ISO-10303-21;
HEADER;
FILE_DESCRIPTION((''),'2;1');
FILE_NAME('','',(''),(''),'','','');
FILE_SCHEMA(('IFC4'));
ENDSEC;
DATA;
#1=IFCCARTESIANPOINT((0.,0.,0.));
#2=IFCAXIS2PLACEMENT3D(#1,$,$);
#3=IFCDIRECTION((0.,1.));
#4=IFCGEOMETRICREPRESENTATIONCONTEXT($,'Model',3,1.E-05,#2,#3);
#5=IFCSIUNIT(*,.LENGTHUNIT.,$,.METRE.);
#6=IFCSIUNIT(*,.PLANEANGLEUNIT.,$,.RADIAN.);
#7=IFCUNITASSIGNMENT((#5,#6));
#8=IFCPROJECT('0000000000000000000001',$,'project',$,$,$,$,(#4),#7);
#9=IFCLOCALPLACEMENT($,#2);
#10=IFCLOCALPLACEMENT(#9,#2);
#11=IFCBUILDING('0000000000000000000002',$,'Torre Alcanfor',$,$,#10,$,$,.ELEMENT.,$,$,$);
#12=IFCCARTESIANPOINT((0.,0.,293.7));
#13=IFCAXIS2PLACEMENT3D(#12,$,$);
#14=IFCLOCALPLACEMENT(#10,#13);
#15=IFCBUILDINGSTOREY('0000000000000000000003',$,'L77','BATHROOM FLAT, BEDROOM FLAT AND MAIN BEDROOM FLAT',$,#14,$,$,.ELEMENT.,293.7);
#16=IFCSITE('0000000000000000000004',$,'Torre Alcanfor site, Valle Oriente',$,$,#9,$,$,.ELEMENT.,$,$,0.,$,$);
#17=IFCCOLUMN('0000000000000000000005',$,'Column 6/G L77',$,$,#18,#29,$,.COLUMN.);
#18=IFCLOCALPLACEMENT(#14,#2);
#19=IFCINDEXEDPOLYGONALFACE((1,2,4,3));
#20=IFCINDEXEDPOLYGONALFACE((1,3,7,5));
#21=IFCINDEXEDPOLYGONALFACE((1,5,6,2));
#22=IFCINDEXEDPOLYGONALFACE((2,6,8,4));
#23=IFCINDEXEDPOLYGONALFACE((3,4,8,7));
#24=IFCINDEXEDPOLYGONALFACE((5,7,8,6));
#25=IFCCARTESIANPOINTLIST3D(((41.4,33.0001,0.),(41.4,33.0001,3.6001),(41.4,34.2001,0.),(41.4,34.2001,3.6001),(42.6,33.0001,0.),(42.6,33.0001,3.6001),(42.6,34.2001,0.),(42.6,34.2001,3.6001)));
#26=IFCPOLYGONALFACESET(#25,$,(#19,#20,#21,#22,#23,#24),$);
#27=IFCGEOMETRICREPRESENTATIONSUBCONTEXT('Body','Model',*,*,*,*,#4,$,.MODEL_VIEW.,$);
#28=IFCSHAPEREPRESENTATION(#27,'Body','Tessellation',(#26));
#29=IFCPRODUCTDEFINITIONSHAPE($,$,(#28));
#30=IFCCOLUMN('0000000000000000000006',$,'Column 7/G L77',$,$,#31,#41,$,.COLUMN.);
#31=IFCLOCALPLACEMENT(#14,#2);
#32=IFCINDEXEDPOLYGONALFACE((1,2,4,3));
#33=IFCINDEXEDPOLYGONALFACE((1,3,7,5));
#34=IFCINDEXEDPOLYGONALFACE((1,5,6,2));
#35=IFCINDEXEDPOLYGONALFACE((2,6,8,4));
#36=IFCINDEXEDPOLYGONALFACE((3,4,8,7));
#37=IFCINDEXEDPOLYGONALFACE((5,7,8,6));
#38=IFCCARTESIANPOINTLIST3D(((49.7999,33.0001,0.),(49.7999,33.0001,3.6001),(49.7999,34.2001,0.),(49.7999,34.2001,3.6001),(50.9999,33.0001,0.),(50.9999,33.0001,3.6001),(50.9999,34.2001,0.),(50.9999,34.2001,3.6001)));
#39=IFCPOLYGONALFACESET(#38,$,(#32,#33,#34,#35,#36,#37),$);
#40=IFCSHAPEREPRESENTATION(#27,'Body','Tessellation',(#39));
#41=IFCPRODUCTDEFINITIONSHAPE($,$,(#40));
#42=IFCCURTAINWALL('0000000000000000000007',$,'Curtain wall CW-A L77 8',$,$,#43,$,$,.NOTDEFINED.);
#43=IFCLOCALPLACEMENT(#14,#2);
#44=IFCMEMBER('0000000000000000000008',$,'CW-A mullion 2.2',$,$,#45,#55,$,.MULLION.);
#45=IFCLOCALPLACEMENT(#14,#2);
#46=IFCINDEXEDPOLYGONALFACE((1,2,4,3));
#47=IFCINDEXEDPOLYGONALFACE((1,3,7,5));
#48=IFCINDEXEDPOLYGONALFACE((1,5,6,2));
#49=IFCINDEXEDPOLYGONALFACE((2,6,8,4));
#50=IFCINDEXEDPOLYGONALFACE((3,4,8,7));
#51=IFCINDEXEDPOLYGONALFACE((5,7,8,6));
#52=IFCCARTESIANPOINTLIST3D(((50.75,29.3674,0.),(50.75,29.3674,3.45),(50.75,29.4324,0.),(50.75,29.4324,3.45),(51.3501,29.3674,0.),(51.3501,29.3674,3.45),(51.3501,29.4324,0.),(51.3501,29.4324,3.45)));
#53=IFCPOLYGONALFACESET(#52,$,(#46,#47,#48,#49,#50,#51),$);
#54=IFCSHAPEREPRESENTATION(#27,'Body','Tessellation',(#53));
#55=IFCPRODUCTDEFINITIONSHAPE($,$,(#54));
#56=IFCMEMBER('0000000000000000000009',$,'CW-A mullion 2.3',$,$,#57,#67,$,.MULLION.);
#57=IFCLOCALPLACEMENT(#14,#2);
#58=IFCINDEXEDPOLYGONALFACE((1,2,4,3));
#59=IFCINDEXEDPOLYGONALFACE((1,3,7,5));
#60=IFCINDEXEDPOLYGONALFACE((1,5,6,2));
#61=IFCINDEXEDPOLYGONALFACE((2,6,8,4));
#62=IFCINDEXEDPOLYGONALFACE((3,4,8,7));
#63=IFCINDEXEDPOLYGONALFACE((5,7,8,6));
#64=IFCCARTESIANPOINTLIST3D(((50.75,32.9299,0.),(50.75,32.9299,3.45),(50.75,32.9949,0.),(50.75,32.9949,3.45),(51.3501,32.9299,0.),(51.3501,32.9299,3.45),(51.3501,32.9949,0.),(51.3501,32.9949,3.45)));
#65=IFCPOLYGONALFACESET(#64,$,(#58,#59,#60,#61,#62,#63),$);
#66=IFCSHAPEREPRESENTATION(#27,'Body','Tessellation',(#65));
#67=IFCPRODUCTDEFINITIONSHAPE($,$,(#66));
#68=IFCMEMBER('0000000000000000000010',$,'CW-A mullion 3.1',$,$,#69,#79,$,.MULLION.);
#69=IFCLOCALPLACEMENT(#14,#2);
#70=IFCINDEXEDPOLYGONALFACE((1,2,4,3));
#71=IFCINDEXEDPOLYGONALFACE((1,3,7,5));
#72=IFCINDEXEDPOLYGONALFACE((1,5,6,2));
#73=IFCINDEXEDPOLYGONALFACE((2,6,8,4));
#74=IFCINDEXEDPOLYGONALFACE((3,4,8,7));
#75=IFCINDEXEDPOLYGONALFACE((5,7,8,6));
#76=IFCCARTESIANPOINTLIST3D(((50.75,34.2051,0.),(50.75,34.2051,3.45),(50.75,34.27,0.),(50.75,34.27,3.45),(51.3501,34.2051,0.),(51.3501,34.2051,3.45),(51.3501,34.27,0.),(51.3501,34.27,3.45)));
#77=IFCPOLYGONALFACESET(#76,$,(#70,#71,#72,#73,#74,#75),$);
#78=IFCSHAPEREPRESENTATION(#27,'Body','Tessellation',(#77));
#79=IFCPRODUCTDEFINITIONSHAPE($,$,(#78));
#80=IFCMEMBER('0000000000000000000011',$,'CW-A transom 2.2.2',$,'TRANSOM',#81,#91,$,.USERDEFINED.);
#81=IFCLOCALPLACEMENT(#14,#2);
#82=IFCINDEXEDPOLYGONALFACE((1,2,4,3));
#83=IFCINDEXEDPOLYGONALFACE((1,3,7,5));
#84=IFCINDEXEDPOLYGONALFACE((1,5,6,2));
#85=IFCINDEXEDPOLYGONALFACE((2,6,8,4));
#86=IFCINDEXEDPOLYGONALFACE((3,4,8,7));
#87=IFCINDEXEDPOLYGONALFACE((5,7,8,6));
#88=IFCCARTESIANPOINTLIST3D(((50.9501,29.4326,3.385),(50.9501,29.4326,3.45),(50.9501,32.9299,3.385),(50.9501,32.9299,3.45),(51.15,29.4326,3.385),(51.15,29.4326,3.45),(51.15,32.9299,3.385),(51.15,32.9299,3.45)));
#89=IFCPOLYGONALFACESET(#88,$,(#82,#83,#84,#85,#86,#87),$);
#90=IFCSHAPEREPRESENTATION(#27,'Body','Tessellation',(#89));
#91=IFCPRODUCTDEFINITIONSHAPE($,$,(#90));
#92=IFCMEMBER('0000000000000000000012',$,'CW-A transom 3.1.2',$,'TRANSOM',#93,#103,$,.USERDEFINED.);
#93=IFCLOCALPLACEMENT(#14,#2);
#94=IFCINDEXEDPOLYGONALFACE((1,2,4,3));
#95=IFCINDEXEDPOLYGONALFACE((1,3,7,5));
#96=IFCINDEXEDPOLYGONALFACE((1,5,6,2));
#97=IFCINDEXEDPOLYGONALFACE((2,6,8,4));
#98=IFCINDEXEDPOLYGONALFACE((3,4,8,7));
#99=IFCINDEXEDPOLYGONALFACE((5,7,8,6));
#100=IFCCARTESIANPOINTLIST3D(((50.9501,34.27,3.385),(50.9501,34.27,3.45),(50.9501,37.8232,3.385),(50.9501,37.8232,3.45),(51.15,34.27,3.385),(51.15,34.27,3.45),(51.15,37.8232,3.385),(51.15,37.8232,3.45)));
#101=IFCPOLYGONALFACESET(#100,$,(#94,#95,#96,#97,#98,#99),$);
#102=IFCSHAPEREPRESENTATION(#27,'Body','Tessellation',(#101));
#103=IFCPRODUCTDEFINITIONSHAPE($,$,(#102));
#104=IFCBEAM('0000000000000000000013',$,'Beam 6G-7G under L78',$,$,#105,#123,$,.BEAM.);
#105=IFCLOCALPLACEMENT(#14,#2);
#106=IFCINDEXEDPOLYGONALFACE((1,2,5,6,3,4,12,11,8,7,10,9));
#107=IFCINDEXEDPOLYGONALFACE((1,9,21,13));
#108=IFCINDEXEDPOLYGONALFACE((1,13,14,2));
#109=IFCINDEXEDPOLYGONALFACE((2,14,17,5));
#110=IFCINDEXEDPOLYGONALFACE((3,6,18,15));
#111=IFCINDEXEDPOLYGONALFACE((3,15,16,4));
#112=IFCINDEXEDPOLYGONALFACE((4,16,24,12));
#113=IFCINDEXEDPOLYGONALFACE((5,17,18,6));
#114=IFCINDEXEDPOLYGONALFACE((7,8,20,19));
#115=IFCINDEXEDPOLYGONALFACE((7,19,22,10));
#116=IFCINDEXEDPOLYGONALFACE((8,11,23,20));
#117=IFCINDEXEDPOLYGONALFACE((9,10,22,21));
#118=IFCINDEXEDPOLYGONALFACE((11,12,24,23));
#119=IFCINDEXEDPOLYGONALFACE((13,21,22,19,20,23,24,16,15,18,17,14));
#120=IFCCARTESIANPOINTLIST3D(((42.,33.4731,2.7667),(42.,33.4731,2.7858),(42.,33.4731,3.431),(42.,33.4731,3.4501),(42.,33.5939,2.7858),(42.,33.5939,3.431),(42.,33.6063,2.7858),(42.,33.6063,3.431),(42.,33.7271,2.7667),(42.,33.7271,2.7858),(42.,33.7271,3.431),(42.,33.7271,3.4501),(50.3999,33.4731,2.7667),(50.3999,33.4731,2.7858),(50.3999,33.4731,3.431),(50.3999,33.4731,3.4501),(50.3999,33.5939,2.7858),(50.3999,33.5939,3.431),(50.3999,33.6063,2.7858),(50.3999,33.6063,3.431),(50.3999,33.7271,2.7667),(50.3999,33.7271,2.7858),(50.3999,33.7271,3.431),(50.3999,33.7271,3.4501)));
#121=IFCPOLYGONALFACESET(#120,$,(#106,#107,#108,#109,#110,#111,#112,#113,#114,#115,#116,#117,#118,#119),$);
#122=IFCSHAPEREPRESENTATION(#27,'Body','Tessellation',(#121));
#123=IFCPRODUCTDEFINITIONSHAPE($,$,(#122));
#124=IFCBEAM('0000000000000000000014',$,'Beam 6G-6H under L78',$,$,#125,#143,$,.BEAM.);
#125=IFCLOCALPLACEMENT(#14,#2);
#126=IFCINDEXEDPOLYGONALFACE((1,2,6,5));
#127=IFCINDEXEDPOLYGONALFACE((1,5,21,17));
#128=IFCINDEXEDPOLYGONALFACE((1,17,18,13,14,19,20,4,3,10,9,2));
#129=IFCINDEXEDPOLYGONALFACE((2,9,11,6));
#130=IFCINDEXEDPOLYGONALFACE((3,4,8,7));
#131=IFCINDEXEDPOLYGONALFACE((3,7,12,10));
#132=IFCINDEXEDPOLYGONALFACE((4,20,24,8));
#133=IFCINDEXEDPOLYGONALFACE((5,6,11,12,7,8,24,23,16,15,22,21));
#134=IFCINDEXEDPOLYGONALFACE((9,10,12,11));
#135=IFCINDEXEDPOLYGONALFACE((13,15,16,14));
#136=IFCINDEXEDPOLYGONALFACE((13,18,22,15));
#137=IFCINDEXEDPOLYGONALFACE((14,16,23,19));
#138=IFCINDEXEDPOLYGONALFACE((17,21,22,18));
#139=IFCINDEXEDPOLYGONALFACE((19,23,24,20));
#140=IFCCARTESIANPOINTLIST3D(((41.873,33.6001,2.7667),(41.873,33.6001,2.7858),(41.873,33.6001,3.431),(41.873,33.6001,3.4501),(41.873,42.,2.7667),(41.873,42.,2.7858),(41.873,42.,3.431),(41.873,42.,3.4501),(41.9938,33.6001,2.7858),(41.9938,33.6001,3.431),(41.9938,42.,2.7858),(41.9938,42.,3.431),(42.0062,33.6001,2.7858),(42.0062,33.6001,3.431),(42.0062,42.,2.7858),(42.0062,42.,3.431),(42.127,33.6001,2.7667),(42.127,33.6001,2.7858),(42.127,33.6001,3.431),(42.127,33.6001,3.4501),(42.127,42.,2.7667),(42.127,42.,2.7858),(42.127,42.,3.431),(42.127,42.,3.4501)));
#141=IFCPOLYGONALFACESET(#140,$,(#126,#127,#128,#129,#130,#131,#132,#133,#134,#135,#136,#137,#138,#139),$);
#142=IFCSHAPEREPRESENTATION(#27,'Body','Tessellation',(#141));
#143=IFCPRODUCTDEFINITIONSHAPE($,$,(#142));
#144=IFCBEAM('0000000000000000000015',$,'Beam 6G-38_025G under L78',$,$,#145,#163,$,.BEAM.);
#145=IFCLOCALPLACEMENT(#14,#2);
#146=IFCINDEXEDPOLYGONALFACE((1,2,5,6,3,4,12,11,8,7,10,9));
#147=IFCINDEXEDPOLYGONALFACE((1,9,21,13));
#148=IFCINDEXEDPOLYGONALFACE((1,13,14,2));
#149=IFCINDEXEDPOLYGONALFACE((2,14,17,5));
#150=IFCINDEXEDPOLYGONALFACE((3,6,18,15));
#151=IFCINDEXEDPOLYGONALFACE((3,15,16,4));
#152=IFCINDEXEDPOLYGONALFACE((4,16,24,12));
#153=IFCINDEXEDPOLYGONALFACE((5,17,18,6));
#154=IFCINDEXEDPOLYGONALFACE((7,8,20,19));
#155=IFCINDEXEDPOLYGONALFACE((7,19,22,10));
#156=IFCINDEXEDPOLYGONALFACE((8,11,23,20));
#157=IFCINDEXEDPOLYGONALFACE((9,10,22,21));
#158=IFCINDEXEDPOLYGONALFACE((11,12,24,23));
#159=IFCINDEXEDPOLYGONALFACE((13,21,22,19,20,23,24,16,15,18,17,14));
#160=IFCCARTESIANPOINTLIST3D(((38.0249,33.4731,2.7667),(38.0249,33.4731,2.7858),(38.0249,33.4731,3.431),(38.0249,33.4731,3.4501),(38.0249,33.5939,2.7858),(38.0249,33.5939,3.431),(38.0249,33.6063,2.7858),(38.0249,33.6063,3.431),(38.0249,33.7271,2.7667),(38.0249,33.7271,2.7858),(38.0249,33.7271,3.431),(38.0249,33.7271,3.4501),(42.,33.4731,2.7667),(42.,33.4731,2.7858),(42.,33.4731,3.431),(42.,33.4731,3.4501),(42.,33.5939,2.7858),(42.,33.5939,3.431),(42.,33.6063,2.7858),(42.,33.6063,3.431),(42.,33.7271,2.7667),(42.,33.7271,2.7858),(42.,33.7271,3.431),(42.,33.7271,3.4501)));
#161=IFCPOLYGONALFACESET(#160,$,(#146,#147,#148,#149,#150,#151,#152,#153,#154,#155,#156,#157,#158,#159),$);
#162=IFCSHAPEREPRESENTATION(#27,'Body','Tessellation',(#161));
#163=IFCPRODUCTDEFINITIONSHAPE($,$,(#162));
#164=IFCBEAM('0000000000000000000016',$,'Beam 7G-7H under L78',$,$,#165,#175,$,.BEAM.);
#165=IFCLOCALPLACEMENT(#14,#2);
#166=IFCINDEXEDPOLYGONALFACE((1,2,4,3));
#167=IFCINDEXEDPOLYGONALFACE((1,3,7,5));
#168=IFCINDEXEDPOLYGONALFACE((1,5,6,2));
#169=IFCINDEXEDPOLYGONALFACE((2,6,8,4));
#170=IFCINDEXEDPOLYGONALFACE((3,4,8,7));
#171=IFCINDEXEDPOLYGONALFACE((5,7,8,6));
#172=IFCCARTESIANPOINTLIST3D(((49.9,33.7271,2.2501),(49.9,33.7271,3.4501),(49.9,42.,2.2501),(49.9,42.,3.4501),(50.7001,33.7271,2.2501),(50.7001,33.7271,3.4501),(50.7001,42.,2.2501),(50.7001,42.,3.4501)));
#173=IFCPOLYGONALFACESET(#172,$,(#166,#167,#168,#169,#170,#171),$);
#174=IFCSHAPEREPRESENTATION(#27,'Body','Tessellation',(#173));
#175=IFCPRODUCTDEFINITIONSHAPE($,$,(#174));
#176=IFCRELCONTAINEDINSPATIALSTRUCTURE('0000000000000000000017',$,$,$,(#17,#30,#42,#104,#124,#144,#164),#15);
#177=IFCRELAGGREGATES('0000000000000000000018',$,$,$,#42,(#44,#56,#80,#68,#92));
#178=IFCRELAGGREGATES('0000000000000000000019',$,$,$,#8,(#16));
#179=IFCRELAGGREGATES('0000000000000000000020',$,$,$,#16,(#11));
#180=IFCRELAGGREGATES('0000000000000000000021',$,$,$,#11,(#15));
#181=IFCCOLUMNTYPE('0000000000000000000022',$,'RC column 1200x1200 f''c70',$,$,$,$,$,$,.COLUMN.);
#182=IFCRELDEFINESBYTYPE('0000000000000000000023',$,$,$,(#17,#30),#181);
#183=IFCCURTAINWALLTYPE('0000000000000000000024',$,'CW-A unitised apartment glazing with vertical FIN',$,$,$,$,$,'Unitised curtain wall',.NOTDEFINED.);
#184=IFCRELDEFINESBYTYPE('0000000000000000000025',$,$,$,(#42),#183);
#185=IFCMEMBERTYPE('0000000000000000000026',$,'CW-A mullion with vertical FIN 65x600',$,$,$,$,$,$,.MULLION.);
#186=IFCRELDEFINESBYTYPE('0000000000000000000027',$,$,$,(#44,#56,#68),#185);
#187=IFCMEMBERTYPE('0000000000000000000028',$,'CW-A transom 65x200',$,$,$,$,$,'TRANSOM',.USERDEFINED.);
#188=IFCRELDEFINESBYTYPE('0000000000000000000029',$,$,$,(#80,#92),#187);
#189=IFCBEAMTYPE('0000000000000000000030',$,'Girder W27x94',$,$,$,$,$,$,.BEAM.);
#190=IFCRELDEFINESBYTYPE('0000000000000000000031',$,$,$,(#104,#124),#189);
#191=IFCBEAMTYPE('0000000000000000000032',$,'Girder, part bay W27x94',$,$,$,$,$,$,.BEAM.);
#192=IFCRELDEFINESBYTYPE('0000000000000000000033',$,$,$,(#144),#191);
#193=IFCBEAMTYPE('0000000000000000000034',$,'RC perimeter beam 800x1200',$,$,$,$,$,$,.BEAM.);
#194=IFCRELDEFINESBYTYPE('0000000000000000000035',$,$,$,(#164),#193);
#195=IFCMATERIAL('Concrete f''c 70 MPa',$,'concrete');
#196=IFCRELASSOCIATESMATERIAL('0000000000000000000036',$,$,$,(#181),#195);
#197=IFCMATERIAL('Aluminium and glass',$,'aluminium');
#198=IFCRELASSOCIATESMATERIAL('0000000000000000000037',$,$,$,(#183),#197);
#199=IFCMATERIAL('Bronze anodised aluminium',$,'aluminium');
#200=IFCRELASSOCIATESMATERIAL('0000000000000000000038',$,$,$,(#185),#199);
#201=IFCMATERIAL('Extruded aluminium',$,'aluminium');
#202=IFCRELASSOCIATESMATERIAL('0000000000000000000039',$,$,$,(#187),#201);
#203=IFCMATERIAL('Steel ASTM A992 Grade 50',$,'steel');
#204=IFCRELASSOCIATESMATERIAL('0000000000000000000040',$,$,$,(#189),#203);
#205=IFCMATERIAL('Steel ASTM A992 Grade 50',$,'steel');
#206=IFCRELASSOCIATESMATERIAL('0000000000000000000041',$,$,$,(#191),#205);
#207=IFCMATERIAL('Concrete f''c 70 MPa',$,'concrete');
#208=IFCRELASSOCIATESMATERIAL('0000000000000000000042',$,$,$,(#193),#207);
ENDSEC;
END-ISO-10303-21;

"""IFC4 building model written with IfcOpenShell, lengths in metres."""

from ifc_helpers import new_model, si_unit, direction, frame, origin, origin_2d, place, context, subcontext, project, spatial, rectangle, i_section, extrude, material, material_profile, profile_set, type_object, element, aggregate, save


model = new_model("IFC4")

# Units and contexts
model_context = context("Model", 3, precision=1e-05, world=origin(), true_north=direction((0.0, 1.0)))
body_context = subcontext(model_context, "Body", "Model", "MODEL_VIEW")
ifc_project = project(units=[si_unit("LENGTHUNIT", "METRE"), si_unit("PLANEANGLEUNIT", "RADIAN")], contexts=[model_context])

# Site, building, storey
site_placement = place(None, origin())
site = spatial("IfcSite", under=ifc_project, at=site_placement, Name="Torre Alcanfor site, Valle Oriente", CompositionType="ELEMENT", RefElevation=0.0)
building_placement = place(site_placement, origin())
building = spatial("IfcBuilding", under=site, at=building_placement, Name="Torre Alcanfor", CompositionType="ELEMENT")
storey_placement = place(building_placement, frame((0.0, 0.0, 293.7)))
storey = spatial("IfcBuildingStorey", under=building, at=storey_placement, Name="L77", Description="BATHROOM FLAT, BEDROOM FLAT AND MAIN BEDROOM FLAT", CompositionType="ELEMENT", Elevation=293.7)

# Columns
ifc_material_1 = material(Name="Concrete f'c 70 MPa", Category="concrete")
ifc_material_profile_1 = material_profile(ifc_material_1, rectangle(XDim=1.2, YDim=1.2, at=origin_2d()), Name="1200x1200")
ifc_profile_set_1 = profile_set([ifc_material_profile_1], Name="Concrete f'c 70 MPa")
column_type = type_object("IfcColumnType", Name="RC column 1200x1200 f'c70", PredefinedType="COLUMN", material=ifc_profile_set_1)
for number, where, z_axis, x_axis, name in (
    (1, (42.0, 33.6001, 0.0), (0.0, 0.0, 1.0), (1.0, 0.0, 0.0), "Column 6/G L77"),
    (2, (50.3999, 33.6001, 0.0), (0.0, 0.0, 1.0), (1.0, 0.0, 0.0), "Column 7/G L77"),
):
    element("IfcColumn", number, at=place(storey_placement, frame(where, z_axis=z_axis, x_axis=x_axis)), inside=storey, type_object=column_type, Name=name, PredefinedType="COLUMN", context=body_context, shape_type="SweptSolid", body=[
        extrude(rectangle(XDim=1.2, YDim=1.2, at=origin_2d()), origin(), (0.0, 0.0, 1.0), 3.6001),
    ])

# Curtain wall, members
ifc_material_2 = material(Name="Aluminium and glass", Category="aluminium")
curtain_wall_type = type_object("IfcCurtainWallType", Name="CW-A unitised apartment glazing with vertical FIN", ElementType="Unitised curtain wall", PredefinedType="NOTDEFINED", material=ifc_material_2)
curtain_wall_placement = place(storey_placement, origin())
curtain_wall = element("IfcCurtainWall", 3, at=curtain_wall_placement, inside=storey, type_object=curtain_wall_type, Name="Curtain wall CW-A L77 8", PredefinedType="NOTDEFINED")
ifc_material_3 = material(Name="Bronze anodised aluminium", Category="aluminium")
ifc_material_profile_2 = material_profile(ifc_material_3, rectangle(XDim=0.6001, YDim=0.0649, at=origin_2d()), Name="CW-A mullion 65x600")
ifc_profile_set_2 = profile_set([ifc_material_profile_2], Name="Bronze anodised aluminium")
member_type_1 = type_object("IfcMemberType", Name="CW-A mullion with vertical FIN 65x600", PredefinedType="MULLION", material=ifc_profile_set_2)
member_1_placement = place(storey_placement, frame((51.05, 29.3999, 0.0), z_axis=(0.0, 0.0, 1.0), x_axis=(-1.0, 0.0, 0.0)))
member_1 = element("IfcMember", 4, at=member_1_placement, type_object=member_type_1, Name="CW-A mullion 2.2", PredefinedType="MULLION", context=body_context, shape_type="SweptSolid", body=[
    extrude(rectangle(XDim=0.6001, YDim=0.0649, at=origin_2d()), origin(), (0.0, 0.0, 1.0), 3.45),
])
member_2_placement = place(storey_placement, frame((51.05, 32.9624, 0.0), z_axis=(0.0, 0.0, 1.0), x_axis=(-1.0, 0.0, 0.0)))
member_2 = element("IfcMember", 5, at=member_2_placement, type_object=member_type_1, Name="CW-A mullion 2.3", PredefinedType="MULLION", context=body_context, shape_type="SweptSolid", body=[
    extrude(rectangle(XDim=0.6001, YDim=0.0649, at=origin_2d()), origin(), (0.0, 0.0, 1.0), 3.45),
])
member_3_placement = place(storey_placement, frame((51.05, 34.2375, 0.0), z_axis=(0.0, 0.0, 1.0), x_axis=(-1.0, 0.0, 0.0)))
member_3 = element("IfcMember", 6, at=member_3_placement, type_object=member_type_1, Name="CW-A mullion 3.1", PredefinedType="MULLION", context=body_context, shape_type="SweptSolid", body=[
    extrude(rectangle(XDim=0.6001, YDim=0.0649, at=origin_2d()), origin(), (0.0, 0.0, 1.0), 3.45),
])
ifc_material_4 = material(Name="Extruded aluminium", Category="aluminium")
ifc_material_profile_3 = material_profile(ifc_material_4, rectangle(XDim=0.2, YDim=0.0649, at=origin_2d()), Name="CW-A transom 200x65")
ifc_profile_set_3 = profile_set([ifc_material_profile_3], Name="Extruded aluminium")
member_type_2 = type_object("IfcMemberType", Name="CW-A transom 65x200", ElementType="TRANSOM", PredefinedType="USERDEFINED", material=ifc_profile_set_3)
member_4_placement = place(storey_placement, frame((51.05, 29.4326, 3.4175), z_axis=(0.0, 1.0, 0.0), x_axis=(-1.0, 0.0, 0.0)))
member_4 = element("IfcMember", 7, at=member_4_placement, type_object=member_type_2, Name="CW-A transom 2.2.2", ObjectType="TRANSOM", PredefinedType="USERDEFINED", context=body_context, shape_type="SweptSolid", body=[
    extrude(rectangle(XDim=0.2, YDim=0.0649, at=origin_2d()), origin(), (0.0, 0.0, 1.0), 3.4973),
])
member_5_placement = place(storey_placement, frame((51.05, 34.27, 3.4175), z_axis=(0.0, 1.0, 0.0), x_axis=(-1.0, 0.0, 0.0)))
member_5 = element("IfcMember", 8, at=member_5_placement, type_object=member_type_2, Name="CW-A transom 3.1.2", ObjectType="TRANSOM", PredefinedType="USERDEFINED", context=body_context, shape_type="SweptSolid", body=[
    extrude(rectangle(XDim=0.2, YDim=0.0649, at=origin_2d()), origin(), (0.0, 0.0, 1.0), 3.5532),
])

# Beams
ifc_material_5 = material(Name="Steel ASTM A992 Grade 50", Category="steel")
ifc_material_profile_4 = material_profile(ifc_material_5, i_section(OverallWidth=0.2539, OverallDepth=0.6833, WebThickness=0.0125, FlangeThickness=0.019, at=origin_2d()), Name="W27x94")
ifc_profile_set_4 = profile_set([ifc_material_profile_4], Name="Steel ASTM A992 Grade 50")
beam_type_1 = type_object("IfcBeamType", Name="Girder W27x94", PredefinedType="BEAM", material=ifc_profile_set_4)
for number, where, z_axis, x_axis, name in (
    (9, (42.0, 33.6001, 3.1084), (1.0, 0.0, 0.0), (0.0, 1.0, 0.0), "Beam 6G-7G under L78"),
    (10, (42.0, 33.6001, 3.1084), (0.0, 1.0, 0.0), (-1.0, 0.0, 0.0), "Beam 6G-6H under L78"),
):
    element("IfcBeam", number, at=place(storey_placement, frame(where, z_axis=z_axis, x_axis=x_axis)), inside=storey, type_object=beam_type_1, Name=name, PredefinedType="BEAM", context=body_context, shape_type="SweptSolid", body=[
        extrude(i_section(OverallWidth=0.2539, OverallDepth=0.6833, WebThickness=0.0125, FlangeThickness=0.019, at=origin_2d()), origin(), (0.0, 0.0, 1.0), 8.3999),
    ])
ifc_material_6 = material(Name="Steel ASTM A992 Grade 50", Category="steel")
ifc_material_profile_5 = material_profile(ifc_material_6, i_section(OverallWidth=0.2539, OverallDepth=0.6833, WebThickness=0.0125, FlangeThickness=0.019, at=origin_2d()), Name="W27x94")
ifc_profile_set_5 = profile_set([ifc_material_profile_5], Name="Steel ASTM A992 Grade 50")
beam_type_2 = type_object("IfcBeamType", Name="Girder, part bay W27x94", PredefinedType="BEAM", material=ifc_profile_set_5)
beam_1_placement = place(storey_placement, frame((42.0, 33.6001, 3.1084), z_axis=(-1.0, 0.0, 0.0), x_axis=(0.0, -1.0, 0.0)))
element("IfcBeam", 11, at=beam_1_placement, inside=storey, type_object=beam_type_2, Name="Beam 6G-38_025G under L78", PredefinedType="BEAM", context=body_context, shape_type="SweptSolid", body=[
    extrude(i_section(OverallWidth=0.2539, OverallDepth=0.6833, WebThickness=0.0125, FlangeThickness=0.019, at=origin_2d()), origin(), (0.0, 0.0, 1.0), 3.9751),
])
ifc_material_7 = material(Name="Concrete f'c 70 MPa", Category="concrete")
ifc_material_profile_6 = material_profile(ifc_material_7, rectangle(XDim=0.8, YDim=1.2, at=origin_2d()), Name="800x1200")
ifc_profile_set_6 = profile_set([ifc_material_profile_6], Name="Concrete f'c 70 MPa")
beam_type_3 = type_object("IfcBeamType", Name="RC perimeter beam 800x1200", PredefinedType="BEAM", material=ifc_profile_set_6)
beam_2_placement = place(storey_placement, frame((50.3, 33.7271, 2.8501), z_axis=(0.0, 1.0, 0.0), x_axis=(-1.0, 0.0, 0.0)))
element("IfcBeam", 12, at=beam_2_placement, inside=storey, type_object=beam_type_3, Name="Beam 7G-7H under L78", PredefinedType="BEAM", context=body_context, shape_type="SweptSolid", body=[
    extrude(rectangle(XDim=0.8, YDim=1.2, at=origin_2d()), origin(), (0.0, 0.0, 1.0), 8.2729),
])

aggregate(curtain_wall, [member_1, member_2, member_4, member_3, member_5])

save(model, "model.ifc")
